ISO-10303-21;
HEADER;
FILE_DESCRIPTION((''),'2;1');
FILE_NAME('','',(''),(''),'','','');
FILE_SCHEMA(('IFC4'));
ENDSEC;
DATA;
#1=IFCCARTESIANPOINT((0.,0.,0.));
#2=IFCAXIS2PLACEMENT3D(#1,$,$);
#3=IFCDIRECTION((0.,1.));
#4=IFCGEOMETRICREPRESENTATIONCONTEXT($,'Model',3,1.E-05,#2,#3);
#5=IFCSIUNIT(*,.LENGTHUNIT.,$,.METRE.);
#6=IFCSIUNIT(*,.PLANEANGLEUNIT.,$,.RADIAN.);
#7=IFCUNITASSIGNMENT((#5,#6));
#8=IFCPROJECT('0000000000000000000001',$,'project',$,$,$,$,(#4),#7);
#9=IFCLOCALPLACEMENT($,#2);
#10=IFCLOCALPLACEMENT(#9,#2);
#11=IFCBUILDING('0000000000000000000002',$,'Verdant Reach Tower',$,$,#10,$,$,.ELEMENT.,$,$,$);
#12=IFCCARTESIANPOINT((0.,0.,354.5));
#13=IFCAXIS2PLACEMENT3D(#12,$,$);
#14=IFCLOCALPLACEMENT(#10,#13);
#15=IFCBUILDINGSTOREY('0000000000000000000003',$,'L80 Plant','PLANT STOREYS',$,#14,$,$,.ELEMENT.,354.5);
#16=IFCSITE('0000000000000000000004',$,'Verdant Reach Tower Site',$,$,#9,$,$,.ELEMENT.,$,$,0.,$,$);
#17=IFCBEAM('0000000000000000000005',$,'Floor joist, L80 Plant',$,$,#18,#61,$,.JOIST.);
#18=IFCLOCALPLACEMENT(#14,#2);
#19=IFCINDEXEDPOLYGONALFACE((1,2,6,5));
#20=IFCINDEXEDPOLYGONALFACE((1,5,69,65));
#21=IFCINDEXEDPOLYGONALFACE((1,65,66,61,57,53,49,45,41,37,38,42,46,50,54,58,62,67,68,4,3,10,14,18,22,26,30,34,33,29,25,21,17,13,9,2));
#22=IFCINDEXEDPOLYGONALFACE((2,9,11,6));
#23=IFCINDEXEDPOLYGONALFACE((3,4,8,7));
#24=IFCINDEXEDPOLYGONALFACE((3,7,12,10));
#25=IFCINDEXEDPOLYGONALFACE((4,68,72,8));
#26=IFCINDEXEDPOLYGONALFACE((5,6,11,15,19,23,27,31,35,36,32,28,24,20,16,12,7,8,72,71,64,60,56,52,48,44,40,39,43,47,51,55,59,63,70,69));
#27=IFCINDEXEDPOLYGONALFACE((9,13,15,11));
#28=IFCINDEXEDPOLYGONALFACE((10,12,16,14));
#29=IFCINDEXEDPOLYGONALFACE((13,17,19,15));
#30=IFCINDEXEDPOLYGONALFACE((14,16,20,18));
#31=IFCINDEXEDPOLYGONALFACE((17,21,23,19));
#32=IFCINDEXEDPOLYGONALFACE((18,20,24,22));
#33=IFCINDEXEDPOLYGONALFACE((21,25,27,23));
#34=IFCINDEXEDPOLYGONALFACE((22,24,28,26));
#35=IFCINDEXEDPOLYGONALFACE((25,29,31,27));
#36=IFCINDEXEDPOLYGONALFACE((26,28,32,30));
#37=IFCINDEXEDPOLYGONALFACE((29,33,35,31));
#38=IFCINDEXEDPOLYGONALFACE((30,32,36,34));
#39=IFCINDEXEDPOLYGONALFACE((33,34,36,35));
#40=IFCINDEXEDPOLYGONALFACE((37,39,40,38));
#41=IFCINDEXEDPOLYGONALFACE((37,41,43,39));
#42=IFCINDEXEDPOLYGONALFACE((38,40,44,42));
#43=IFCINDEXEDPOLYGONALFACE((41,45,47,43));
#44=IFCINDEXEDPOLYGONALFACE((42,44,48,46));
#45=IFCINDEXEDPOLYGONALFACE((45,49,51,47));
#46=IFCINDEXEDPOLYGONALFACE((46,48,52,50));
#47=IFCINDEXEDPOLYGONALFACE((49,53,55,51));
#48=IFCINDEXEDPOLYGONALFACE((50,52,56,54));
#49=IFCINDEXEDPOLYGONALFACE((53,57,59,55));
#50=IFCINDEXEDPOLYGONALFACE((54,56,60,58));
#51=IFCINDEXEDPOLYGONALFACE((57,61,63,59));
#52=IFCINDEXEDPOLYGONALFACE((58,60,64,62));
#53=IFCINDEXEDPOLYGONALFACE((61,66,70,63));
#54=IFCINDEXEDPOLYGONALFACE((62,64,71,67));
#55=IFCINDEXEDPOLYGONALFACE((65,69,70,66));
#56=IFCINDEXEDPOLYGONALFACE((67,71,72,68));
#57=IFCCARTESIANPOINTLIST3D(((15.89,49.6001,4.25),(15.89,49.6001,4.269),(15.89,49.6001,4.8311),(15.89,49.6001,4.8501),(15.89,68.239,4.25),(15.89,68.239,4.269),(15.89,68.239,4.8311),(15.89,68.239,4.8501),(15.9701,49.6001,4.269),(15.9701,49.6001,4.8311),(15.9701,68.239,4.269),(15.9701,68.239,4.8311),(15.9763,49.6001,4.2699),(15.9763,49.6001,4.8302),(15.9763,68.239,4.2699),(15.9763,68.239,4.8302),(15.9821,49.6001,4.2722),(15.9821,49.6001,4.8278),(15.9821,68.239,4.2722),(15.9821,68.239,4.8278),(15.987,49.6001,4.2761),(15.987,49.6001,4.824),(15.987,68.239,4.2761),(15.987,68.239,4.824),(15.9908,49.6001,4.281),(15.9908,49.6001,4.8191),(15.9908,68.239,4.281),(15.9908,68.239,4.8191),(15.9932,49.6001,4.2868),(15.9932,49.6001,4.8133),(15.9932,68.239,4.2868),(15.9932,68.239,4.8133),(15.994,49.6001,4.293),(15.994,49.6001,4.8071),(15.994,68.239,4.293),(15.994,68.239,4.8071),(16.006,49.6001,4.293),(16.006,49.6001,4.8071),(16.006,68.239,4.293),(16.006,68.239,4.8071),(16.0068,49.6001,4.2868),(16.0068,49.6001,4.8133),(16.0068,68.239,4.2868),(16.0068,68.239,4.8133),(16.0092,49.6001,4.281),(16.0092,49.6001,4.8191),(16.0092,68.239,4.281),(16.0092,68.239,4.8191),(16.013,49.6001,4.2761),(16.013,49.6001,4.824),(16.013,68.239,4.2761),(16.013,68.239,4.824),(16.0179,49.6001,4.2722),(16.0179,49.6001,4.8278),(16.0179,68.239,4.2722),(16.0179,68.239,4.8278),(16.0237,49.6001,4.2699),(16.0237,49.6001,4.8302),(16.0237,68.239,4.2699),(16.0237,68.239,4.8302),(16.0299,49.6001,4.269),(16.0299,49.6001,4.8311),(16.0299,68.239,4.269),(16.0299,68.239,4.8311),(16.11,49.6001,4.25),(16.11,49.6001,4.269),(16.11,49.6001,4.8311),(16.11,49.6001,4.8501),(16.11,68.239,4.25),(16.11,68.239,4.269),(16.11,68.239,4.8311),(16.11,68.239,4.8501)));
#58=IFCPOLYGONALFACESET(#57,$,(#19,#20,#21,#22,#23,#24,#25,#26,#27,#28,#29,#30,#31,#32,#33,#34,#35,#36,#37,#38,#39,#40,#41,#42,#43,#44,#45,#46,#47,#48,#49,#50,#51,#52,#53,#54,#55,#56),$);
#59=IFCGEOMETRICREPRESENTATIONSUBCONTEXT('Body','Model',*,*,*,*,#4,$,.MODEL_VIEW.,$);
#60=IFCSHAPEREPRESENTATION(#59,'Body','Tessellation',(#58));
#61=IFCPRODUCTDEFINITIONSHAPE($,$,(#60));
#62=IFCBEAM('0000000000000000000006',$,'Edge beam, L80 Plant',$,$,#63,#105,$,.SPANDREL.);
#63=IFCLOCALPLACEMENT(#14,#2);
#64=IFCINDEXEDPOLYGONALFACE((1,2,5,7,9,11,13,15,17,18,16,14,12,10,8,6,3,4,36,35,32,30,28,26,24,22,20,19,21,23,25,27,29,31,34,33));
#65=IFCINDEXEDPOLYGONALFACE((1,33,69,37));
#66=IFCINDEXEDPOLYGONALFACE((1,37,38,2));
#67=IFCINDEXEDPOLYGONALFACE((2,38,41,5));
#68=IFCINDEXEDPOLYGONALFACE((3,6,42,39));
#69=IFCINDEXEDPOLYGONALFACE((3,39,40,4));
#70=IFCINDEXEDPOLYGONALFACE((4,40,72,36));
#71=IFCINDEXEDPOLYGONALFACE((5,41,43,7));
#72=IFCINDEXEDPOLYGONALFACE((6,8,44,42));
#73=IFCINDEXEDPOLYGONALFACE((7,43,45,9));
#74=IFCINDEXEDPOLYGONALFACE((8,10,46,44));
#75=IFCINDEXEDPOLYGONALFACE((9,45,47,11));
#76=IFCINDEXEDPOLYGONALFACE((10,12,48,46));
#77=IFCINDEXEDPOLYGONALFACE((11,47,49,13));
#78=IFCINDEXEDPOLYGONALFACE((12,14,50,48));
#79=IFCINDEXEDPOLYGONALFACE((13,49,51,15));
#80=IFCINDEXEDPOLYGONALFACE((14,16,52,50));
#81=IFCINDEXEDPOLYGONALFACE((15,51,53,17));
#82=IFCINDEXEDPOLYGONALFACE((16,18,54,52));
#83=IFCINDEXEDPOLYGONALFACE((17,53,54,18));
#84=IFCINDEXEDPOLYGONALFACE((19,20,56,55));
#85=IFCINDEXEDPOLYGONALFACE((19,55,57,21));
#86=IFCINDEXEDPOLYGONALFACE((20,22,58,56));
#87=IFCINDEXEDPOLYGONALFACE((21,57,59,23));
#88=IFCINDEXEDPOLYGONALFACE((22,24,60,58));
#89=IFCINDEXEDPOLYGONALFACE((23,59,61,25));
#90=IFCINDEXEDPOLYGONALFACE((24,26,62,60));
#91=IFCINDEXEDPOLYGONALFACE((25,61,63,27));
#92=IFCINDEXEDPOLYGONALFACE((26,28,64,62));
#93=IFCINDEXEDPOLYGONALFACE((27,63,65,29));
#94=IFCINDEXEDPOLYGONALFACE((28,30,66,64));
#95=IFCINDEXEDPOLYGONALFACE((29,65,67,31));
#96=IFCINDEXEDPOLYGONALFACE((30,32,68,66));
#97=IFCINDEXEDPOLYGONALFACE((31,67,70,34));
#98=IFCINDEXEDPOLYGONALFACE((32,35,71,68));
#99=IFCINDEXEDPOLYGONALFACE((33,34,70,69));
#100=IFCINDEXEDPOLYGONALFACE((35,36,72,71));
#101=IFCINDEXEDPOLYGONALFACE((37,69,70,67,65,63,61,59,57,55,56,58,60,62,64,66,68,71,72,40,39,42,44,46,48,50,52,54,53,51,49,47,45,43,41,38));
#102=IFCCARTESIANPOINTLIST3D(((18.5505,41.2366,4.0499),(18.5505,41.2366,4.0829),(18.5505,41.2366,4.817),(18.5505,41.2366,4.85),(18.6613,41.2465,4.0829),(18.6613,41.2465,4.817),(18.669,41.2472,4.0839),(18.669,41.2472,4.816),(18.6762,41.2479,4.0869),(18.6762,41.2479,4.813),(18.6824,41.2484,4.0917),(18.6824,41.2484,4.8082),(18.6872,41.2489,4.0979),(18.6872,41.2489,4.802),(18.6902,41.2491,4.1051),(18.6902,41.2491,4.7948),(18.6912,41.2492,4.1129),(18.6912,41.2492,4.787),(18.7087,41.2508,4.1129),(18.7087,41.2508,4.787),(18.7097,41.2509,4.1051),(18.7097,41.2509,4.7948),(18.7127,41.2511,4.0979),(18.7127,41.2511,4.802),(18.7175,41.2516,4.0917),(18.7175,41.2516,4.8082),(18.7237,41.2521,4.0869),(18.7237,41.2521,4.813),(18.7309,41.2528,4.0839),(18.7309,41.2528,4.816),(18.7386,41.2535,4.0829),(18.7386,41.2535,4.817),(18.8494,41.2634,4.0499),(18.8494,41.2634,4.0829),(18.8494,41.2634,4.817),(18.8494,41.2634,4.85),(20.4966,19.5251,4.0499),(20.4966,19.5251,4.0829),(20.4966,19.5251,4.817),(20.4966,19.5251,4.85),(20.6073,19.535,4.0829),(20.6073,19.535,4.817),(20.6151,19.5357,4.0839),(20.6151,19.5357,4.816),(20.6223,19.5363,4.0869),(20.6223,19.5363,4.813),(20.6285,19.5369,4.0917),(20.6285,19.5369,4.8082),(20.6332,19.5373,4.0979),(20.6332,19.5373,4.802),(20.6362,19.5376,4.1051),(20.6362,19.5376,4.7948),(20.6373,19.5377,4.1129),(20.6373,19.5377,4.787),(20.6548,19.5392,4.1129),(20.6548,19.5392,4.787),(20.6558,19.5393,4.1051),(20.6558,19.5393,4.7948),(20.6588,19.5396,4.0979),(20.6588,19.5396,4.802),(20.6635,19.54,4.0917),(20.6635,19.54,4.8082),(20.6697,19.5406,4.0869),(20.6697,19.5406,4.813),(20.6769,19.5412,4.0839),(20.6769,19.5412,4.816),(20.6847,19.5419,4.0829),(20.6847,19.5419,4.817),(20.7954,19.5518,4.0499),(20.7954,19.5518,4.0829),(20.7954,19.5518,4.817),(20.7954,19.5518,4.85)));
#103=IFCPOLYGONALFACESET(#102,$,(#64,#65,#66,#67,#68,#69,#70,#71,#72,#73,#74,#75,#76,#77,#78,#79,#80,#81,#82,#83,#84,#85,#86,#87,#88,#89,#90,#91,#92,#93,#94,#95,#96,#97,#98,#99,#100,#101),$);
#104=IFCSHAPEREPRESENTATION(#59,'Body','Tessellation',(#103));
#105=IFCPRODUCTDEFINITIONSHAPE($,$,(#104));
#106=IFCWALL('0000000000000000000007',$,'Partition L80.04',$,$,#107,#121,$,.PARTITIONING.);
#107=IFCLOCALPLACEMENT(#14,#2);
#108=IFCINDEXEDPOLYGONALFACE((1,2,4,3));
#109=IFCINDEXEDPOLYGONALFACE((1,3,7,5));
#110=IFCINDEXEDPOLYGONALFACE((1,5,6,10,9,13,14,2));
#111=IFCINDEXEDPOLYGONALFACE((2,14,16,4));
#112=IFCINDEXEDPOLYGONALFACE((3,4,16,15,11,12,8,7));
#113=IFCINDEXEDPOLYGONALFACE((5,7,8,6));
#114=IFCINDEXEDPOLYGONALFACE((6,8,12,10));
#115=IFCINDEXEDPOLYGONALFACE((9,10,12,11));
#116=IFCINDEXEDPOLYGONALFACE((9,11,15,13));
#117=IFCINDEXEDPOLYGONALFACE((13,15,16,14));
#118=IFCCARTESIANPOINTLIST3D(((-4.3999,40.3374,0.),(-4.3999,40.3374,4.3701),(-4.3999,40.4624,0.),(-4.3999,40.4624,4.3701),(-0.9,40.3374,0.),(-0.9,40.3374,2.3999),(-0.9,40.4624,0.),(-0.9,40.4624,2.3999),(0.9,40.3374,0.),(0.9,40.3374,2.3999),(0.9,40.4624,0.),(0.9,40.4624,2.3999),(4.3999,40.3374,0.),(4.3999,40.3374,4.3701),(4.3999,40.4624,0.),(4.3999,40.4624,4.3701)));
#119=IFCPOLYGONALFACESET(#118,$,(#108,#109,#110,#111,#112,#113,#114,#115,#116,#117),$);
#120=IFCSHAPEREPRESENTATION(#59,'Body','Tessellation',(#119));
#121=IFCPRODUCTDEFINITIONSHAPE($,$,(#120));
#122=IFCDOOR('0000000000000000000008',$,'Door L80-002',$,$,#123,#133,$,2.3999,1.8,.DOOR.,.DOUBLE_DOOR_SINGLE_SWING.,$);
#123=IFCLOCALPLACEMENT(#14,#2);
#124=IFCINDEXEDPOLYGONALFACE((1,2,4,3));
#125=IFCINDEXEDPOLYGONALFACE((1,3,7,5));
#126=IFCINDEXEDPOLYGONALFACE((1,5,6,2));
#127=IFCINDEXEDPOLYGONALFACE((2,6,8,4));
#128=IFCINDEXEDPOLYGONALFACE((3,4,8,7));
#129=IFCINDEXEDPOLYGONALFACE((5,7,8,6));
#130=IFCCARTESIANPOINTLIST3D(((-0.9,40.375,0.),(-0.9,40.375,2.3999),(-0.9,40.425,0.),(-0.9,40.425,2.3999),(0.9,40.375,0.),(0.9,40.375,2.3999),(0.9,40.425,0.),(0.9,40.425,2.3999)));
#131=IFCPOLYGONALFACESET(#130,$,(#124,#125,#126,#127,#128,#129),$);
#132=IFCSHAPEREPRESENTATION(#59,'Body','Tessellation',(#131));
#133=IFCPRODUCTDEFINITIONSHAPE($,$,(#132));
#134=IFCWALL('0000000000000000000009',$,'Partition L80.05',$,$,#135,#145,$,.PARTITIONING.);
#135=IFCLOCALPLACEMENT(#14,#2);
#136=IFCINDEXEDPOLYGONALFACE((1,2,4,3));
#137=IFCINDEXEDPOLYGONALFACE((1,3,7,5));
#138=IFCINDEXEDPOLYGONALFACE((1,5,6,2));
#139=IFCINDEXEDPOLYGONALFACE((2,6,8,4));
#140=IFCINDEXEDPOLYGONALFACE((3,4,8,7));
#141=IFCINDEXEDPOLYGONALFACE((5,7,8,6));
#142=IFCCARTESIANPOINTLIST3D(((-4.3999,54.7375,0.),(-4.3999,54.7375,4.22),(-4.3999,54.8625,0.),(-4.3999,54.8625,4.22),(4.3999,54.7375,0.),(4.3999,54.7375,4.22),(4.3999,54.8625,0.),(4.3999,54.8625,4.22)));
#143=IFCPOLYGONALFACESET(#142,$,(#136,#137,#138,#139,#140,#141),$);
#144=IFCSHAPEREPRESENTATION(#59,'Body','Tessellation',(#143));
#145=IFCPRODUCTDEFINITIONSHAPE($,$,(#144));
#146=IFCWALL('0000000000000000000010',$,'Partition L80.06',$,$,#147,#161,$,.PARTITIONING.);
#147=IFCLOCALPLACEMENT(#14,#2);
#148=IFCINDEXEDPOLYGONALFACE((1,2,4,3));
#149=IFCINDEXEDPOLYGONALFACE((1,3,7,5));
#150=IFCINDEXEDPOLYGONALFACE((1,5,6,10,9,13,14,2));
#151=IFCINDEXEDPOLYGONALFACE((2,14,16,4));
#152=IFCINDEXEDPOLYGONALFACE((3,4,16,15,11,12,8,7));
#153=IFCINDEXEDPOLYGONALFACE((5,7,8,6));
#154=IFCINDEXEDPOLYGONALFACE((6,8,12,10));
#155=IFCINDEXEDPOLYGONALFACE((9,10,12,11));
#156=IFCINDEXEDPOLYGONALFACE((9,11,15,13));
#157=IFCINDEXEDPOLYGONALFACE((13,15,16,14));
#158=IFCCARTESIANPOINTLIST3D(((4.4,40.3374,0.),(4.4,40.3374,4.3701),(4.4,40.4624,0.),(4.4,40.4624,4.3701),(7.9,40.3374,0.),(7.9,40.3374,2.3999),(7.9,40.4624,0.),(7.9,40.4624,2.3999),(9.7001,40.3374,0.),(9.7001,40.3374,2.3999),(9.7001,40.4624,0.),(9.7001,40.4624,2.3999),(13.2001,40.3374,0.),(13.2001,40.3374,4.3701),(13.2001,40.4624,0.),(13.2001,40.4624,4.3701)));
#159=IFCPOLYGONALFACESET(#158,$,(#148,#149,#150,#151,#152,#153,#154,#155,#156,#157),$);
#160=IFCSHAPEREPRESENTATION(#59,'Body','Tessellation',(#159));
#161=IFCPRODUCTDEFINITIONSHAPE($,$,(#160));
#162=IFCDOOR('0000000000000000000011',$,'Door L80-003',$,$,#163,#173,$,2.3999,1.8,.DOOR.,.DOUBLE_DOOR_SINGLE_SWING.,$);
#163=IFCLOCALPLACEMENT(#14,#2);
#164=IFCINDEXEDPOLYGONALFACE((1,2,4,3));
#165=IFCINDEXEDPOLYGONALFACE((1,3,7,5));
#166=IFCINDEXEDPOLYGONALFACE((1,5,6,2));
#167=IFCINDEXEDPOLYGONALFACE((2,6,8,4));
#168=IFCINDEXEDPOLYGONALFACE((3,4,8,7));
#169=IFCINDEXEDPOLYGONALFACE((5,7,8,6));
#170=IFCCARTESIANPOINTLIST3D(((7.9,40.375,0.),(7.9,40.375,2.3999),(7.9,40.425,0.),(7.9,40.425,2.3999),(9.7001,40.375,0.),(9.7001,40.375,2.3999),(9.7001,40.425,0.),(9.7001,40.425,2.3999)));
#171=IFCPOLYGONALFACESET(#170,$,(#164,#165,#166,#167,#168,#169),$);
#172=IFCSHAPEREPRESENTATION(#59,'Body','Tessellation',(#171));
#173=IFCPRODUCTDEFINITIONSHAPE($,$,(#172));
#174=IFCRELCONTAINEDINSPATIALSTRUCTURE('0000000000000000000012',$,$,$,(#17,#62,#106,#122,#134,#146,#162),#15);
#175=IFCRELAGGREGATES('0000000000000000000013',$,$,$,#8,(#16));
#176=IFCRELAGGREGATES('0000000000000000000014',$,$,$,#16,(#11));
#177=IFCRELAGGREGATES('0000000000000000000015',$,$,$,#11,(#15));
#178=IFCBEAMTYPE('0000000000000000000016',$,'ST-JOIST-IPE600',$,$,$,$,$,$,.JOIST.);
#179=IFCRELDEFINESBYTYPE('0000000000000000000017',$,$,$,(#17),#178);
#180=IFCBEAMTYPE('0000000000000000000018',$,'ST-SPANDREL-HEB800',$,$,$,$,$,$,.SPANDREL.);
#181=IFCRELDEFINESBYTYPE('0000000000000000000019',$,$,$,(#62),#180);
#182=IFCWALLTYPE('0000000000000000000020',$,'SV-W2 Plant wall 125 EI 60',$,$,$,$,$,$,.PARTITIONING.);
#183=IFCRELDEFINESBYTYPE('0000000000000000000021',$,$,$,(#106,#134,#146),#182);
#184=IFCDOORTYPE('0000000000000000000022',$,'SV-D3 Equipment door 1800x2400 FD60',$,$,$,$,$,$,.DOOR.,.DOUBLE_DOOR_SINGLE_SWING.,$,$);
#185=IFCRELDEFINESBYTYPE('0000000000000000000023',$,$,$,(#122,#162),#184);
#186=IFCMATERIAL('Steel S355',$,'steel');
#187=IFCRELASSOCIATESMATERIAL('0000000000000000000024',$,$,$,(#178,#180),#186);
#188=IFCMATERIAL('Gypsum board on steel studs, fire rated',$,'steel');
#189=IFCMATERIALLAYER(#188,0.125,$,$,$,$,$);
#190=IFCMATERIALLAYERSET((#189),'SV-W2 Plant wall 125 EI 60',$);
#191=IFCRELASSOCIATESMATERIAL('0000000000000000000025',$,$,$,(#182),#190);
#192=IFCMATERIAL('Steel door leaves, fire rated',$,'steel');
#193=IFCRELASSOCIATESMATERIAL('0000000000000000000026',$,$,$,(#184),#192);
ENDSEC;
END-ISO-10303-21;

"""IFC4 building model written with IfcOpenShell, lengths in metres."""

from ifc_helpers import new_model, si_unit, direction, frame, frame_2d, origin, origin_2d, place, context, subcontext, project, spatial, rectangle, i_section, extrude, material, layer, layer_set, material_profile, profile_set, type_object, element, fill, save


model = new_model("IFC4")

# Units and contexts
model_context = context("Model", 3, precision=1e-05, world=origin(), true_north=direction((0.0, 1.0)))
body_context = subcontext(model_context, "Body", "Model", "MODEL_VIEW")
ifc_project = project(units=[si_unit("LENGTHUNIT", "METRE"), si_unit("PLANEANGLEUNIT", "RADIAN")], contexts=[model_context])

# Site, building, storey
site_placement = place(None, origin())
site = spatial("IfcSite", under=ifc_project, at=site_placement, Name="Verdant Reach Tower Site", CompositionType="ELEMENT", RefElevation=0.0)
building_placement = place(site_placement, origin())
building = spatial("IfcBuilding", under=site, at=building_placement, Name="Verdant Reach Tower", CompositionType="ELEMENT")
storey_placement = place(building_placement, frame((0.0, 0.0, 354.5)))
storey = spatial("IfcBuildingStorey", under=building, at=storey_placement, Name="L80 Plant", Description="PLANT STOREYS", CompositionType="ELEMENT", Elevation=354.5)

# Beams
ifc_material_1 = material(Name="Steel S355", Category="steel")
ifc_material_profile_1 = material_profile(ifc_material_1, i_section(OverallWidth=0.22, OverallDepth=0.6001, WebThickness=0.012, FlangeThickness=0.019, FilletRadius=0.0239, at=origin_2d()), Name="IPE 600")
ifc_profile_set_1 = profile_set([ifc_material_profile_1], Name="Steel S355")
beam_type_1 = type_object("IfcBeamType", Name="ST-JOIST-IPE600", PredefinedType="JOIST", material=ifc_profile_set_1)
beam_1_placement = place(storey_placement, frame((16.0, 49.6001, 4.55), z_axis=(0.0, 1.0, 0.0), x_axis=(-1.0, 0.0, 0.0)))
element("IfcBeam", 1, at=beam_1_placement, inside=storey, type_object=beam_type_1, Name="Floor joist, L80 Plant", PredefinedType="JOIST", context=body_context, shape_type="SweptSolid", body=[
    extrude(i_section(OverallWidth=0.22, OverallDepth=0.6001, WebThickness=0.012, FlangeThickness=0.019, FilletRadius=0.0239, at=origin_2d()), origin(), (0.0, 0.0, 1.0), 18.6389),
])
ifc_material_profile_2 = material_profile(ifc_material_1, i_section(OverallWidth=0.3, OverallDepth=0.8, WebThickness=0.0176, FlangeThickness=0.033, FilletRadius=0.03, at=origin_2d()), Name="HEB 800")
ifc_profile_set_2 = profile_set([ifc_material_profile_2], Name="Steel S355")
beam_type_2 = type_object("IfcBeamType", Name="ST-SPANDREL-HEB800", PredefinedType="SPANDREL", material=ifc_profile_set_2)
beam_2_placement = place(storey_placement, frame((18.7, 41.25, 4.45), z_axis=(0.089274, -0.996007, 0.0), x_axis=(0.996007, 0.089274, 0.0)))
element("IfcBeam", 2, at=beam_2_placement, inside=storey, type_object=beam_type_2, Name="Edge beam, L80 Plant", PredefinedType="SPANDREL", context=body_context, shape_type="SweptSolid", body=[
    extrude(i_section(OverallWidth=0.3, OverallDepth=0.8, WebThickness=0.0176, FlangeThickness=0.033, FilletRadius=0.03, at=origin_2d()), origin(), (0.0, 0.0, 1.0), 21.7986),
])

# Wall, opening, door
ifc_material_2 = material(Name="Gypsum board on steel studs, fire rated", Category="steel")
ifc_layer = layer(ifc_material_2, 0.125)
ifc_layer_set = layer_set([ifc_layer], Name="SV-W2 Plant wall 125 EI 60")
wall_type = type_object("IfcWallType", Name="SV-W2 Plant wall 125 EI 60", PredefinedType="PARTITIONING", material=ifc_layer_set)
wall_1_placement = place(storey_placement, frame((4.3999, 40.3999, 0.0), z_axis=(0.0, 0.0, 1.0), x_axis=(-1.0, 0.0, 0.0)))
wall_1 = element("IfcWall", 3, at=wall_1_placement, inside=storey, type_object=wall_type, Name="Partition L80.04", PredefinedType="PARTITIONING", context=body_context, shape_type="SweptSolid", body=[
    extrude(rectangle(XDim=8.7998, YDim=0.125, at=frame_2d((4.3999, 0.0))), origin(), (0.0, 0.0, 1.0), 4.3701),
])
opening_1_placement = place(wall_1_placement, frame((3.5, 0.0, 0.0)))
opening_1 = element("IfcOpeningElement", 4, at=opening_1_placement, cuts=wall_1, PredefinedType="OPENING", context=body_context, shape_type="SweptSolid", body=[
    extrude(rectangle(XDim=1.8, YDim=2.3999, at=frame_2d((0.8999, 1.2))), frame((0.0, 0.0725, 0.0), z_axis=(0.0, -1.0, 0.0), x_axis=(1.0, 0.0, 0.0)), (0.0, 0.0, 1.0), 0.145),
])
ifc_material_3 = material(Name="Steel door leaves, fire rated", Category="steel")
door_type_1 = type_object("IfcDoorType", Name="SV-D3 Equipment door 1800x2400 FD60", OperationType="DOUBLE_DOOR_SINGLE_SWING", PredefinedType="DOOR", material=ifc_material_3)
door_1_placement = place(opening_1_placement, origin())
door_1 = element("IfcDoor", 5, at=door_1_placement, inside=storey, type_object=door_type_1, Name="Door L80-002", OperationType="DOUBLE_DOOR_SINGLE_SWING", OverallHeight=2.3999, OverallWidth=1.8, PredefinedType="DOOR", context=body_context, shape_type="SweptSolid", body=[
    extrude(rectangle(XDim=1.8, YDim=2.3999, at=frame_2d((0.8999, 1.2))), frame((0.0, 0.0249, 0.0), z_axis=(0.0, -1.0, 0.0), x_axis=(1.0, 0.0, 0.0)), (0.0, 0.0, 1.0), 0.05),
])
fill(opening_1, door_1)

# Wall
wall_2_placement = place(storey_placement, frame((4.3999, 54.8, 0.0), z_axis=(0.0, 0.0, 1.0), x_axis=(-1.0, 0.0, 0.0)))
element("IfcWall", 6, at=wall_2_placement, inside=storey, type_object=wall_type, Name="Partition L80.05", PredefinedType="PARTITIONING", context=body_context, shape_type="SweptSolid", body=[
    extrude(rectangle(XDim=8.7998, YDim=0.125, at=frame_2d((4.3999, 0.0))), origin(), (0.0, 0.0, 1.0), 4.22),
])

# Wall, opening, door
wall_3_placement = place(storey_placement, frame((13.2, 40.3999, 0.0), z_axis=(0.0, 0.0, 1.0), x_axis=(-1.0, 0.0, 0.0)))
wall_3 = element("IfcWall", 7, at=wall_3_placement, inside=storey, type_object=wall_type, Name="Partition L80.06", PredefinedType="PARTITIONING", context=body_context, shape_type="SweptSolid", body=[
    extrude(rectangle(XDim=8.8, YDim=0.125, at=frame_2d((4.3999, 0.0))), origin(), (0.0, 0.0, 1.0), 4.3701),
])
opening_2_placement = place(wall_3_placement, frame((3.5, 0.0, 0.0)))
opening_2 = element("IfcOpeningElement", 8, at=opening_2_placement, cuts=wall_3, PredefinedType="OPENING", context=body_context, shape_type="SweptSolid", body=[
    extrude(rectangle(XDim=1.8, YDim=2.3999, at=frame_2d((0.8999, 1.2))), frame((0.0, 0.0725, 0.0), z_axis=(0.0, -1.0, 0.0), x_axis=(1.0, 0.0, 0.0)), (0.0, 0.0, 1.0), 0.145),
])
door_2_placement = place(opening_2_placement, origin())
door_2 = element("IfcDoor", 9, at=door_2_placement, inside=storey, type_object=door_type_1, Name="Door L80-003", OperationType="DOUBLE_DOOR_SINGLE_SWING", OverallHeight=2.3999, OverallWidth=1.8, PredefinedType="DOOR", context=body_context, shape_type="SweptSolid", body=[
    extrude(rectangle(XDim=1.8, YDim=2.3999, at=frame_2d((0.8999, 1.2))), frame((0.0, 0.0249, 0.0), z_axis=(0.0, -1.0, 0.0), x_axis=(1.0, 0.0, 0.0)), (0.0, 0.0, 1.0), 0.05),
])
fill(opening_2, door_2)

save(model, "model.ifc")
